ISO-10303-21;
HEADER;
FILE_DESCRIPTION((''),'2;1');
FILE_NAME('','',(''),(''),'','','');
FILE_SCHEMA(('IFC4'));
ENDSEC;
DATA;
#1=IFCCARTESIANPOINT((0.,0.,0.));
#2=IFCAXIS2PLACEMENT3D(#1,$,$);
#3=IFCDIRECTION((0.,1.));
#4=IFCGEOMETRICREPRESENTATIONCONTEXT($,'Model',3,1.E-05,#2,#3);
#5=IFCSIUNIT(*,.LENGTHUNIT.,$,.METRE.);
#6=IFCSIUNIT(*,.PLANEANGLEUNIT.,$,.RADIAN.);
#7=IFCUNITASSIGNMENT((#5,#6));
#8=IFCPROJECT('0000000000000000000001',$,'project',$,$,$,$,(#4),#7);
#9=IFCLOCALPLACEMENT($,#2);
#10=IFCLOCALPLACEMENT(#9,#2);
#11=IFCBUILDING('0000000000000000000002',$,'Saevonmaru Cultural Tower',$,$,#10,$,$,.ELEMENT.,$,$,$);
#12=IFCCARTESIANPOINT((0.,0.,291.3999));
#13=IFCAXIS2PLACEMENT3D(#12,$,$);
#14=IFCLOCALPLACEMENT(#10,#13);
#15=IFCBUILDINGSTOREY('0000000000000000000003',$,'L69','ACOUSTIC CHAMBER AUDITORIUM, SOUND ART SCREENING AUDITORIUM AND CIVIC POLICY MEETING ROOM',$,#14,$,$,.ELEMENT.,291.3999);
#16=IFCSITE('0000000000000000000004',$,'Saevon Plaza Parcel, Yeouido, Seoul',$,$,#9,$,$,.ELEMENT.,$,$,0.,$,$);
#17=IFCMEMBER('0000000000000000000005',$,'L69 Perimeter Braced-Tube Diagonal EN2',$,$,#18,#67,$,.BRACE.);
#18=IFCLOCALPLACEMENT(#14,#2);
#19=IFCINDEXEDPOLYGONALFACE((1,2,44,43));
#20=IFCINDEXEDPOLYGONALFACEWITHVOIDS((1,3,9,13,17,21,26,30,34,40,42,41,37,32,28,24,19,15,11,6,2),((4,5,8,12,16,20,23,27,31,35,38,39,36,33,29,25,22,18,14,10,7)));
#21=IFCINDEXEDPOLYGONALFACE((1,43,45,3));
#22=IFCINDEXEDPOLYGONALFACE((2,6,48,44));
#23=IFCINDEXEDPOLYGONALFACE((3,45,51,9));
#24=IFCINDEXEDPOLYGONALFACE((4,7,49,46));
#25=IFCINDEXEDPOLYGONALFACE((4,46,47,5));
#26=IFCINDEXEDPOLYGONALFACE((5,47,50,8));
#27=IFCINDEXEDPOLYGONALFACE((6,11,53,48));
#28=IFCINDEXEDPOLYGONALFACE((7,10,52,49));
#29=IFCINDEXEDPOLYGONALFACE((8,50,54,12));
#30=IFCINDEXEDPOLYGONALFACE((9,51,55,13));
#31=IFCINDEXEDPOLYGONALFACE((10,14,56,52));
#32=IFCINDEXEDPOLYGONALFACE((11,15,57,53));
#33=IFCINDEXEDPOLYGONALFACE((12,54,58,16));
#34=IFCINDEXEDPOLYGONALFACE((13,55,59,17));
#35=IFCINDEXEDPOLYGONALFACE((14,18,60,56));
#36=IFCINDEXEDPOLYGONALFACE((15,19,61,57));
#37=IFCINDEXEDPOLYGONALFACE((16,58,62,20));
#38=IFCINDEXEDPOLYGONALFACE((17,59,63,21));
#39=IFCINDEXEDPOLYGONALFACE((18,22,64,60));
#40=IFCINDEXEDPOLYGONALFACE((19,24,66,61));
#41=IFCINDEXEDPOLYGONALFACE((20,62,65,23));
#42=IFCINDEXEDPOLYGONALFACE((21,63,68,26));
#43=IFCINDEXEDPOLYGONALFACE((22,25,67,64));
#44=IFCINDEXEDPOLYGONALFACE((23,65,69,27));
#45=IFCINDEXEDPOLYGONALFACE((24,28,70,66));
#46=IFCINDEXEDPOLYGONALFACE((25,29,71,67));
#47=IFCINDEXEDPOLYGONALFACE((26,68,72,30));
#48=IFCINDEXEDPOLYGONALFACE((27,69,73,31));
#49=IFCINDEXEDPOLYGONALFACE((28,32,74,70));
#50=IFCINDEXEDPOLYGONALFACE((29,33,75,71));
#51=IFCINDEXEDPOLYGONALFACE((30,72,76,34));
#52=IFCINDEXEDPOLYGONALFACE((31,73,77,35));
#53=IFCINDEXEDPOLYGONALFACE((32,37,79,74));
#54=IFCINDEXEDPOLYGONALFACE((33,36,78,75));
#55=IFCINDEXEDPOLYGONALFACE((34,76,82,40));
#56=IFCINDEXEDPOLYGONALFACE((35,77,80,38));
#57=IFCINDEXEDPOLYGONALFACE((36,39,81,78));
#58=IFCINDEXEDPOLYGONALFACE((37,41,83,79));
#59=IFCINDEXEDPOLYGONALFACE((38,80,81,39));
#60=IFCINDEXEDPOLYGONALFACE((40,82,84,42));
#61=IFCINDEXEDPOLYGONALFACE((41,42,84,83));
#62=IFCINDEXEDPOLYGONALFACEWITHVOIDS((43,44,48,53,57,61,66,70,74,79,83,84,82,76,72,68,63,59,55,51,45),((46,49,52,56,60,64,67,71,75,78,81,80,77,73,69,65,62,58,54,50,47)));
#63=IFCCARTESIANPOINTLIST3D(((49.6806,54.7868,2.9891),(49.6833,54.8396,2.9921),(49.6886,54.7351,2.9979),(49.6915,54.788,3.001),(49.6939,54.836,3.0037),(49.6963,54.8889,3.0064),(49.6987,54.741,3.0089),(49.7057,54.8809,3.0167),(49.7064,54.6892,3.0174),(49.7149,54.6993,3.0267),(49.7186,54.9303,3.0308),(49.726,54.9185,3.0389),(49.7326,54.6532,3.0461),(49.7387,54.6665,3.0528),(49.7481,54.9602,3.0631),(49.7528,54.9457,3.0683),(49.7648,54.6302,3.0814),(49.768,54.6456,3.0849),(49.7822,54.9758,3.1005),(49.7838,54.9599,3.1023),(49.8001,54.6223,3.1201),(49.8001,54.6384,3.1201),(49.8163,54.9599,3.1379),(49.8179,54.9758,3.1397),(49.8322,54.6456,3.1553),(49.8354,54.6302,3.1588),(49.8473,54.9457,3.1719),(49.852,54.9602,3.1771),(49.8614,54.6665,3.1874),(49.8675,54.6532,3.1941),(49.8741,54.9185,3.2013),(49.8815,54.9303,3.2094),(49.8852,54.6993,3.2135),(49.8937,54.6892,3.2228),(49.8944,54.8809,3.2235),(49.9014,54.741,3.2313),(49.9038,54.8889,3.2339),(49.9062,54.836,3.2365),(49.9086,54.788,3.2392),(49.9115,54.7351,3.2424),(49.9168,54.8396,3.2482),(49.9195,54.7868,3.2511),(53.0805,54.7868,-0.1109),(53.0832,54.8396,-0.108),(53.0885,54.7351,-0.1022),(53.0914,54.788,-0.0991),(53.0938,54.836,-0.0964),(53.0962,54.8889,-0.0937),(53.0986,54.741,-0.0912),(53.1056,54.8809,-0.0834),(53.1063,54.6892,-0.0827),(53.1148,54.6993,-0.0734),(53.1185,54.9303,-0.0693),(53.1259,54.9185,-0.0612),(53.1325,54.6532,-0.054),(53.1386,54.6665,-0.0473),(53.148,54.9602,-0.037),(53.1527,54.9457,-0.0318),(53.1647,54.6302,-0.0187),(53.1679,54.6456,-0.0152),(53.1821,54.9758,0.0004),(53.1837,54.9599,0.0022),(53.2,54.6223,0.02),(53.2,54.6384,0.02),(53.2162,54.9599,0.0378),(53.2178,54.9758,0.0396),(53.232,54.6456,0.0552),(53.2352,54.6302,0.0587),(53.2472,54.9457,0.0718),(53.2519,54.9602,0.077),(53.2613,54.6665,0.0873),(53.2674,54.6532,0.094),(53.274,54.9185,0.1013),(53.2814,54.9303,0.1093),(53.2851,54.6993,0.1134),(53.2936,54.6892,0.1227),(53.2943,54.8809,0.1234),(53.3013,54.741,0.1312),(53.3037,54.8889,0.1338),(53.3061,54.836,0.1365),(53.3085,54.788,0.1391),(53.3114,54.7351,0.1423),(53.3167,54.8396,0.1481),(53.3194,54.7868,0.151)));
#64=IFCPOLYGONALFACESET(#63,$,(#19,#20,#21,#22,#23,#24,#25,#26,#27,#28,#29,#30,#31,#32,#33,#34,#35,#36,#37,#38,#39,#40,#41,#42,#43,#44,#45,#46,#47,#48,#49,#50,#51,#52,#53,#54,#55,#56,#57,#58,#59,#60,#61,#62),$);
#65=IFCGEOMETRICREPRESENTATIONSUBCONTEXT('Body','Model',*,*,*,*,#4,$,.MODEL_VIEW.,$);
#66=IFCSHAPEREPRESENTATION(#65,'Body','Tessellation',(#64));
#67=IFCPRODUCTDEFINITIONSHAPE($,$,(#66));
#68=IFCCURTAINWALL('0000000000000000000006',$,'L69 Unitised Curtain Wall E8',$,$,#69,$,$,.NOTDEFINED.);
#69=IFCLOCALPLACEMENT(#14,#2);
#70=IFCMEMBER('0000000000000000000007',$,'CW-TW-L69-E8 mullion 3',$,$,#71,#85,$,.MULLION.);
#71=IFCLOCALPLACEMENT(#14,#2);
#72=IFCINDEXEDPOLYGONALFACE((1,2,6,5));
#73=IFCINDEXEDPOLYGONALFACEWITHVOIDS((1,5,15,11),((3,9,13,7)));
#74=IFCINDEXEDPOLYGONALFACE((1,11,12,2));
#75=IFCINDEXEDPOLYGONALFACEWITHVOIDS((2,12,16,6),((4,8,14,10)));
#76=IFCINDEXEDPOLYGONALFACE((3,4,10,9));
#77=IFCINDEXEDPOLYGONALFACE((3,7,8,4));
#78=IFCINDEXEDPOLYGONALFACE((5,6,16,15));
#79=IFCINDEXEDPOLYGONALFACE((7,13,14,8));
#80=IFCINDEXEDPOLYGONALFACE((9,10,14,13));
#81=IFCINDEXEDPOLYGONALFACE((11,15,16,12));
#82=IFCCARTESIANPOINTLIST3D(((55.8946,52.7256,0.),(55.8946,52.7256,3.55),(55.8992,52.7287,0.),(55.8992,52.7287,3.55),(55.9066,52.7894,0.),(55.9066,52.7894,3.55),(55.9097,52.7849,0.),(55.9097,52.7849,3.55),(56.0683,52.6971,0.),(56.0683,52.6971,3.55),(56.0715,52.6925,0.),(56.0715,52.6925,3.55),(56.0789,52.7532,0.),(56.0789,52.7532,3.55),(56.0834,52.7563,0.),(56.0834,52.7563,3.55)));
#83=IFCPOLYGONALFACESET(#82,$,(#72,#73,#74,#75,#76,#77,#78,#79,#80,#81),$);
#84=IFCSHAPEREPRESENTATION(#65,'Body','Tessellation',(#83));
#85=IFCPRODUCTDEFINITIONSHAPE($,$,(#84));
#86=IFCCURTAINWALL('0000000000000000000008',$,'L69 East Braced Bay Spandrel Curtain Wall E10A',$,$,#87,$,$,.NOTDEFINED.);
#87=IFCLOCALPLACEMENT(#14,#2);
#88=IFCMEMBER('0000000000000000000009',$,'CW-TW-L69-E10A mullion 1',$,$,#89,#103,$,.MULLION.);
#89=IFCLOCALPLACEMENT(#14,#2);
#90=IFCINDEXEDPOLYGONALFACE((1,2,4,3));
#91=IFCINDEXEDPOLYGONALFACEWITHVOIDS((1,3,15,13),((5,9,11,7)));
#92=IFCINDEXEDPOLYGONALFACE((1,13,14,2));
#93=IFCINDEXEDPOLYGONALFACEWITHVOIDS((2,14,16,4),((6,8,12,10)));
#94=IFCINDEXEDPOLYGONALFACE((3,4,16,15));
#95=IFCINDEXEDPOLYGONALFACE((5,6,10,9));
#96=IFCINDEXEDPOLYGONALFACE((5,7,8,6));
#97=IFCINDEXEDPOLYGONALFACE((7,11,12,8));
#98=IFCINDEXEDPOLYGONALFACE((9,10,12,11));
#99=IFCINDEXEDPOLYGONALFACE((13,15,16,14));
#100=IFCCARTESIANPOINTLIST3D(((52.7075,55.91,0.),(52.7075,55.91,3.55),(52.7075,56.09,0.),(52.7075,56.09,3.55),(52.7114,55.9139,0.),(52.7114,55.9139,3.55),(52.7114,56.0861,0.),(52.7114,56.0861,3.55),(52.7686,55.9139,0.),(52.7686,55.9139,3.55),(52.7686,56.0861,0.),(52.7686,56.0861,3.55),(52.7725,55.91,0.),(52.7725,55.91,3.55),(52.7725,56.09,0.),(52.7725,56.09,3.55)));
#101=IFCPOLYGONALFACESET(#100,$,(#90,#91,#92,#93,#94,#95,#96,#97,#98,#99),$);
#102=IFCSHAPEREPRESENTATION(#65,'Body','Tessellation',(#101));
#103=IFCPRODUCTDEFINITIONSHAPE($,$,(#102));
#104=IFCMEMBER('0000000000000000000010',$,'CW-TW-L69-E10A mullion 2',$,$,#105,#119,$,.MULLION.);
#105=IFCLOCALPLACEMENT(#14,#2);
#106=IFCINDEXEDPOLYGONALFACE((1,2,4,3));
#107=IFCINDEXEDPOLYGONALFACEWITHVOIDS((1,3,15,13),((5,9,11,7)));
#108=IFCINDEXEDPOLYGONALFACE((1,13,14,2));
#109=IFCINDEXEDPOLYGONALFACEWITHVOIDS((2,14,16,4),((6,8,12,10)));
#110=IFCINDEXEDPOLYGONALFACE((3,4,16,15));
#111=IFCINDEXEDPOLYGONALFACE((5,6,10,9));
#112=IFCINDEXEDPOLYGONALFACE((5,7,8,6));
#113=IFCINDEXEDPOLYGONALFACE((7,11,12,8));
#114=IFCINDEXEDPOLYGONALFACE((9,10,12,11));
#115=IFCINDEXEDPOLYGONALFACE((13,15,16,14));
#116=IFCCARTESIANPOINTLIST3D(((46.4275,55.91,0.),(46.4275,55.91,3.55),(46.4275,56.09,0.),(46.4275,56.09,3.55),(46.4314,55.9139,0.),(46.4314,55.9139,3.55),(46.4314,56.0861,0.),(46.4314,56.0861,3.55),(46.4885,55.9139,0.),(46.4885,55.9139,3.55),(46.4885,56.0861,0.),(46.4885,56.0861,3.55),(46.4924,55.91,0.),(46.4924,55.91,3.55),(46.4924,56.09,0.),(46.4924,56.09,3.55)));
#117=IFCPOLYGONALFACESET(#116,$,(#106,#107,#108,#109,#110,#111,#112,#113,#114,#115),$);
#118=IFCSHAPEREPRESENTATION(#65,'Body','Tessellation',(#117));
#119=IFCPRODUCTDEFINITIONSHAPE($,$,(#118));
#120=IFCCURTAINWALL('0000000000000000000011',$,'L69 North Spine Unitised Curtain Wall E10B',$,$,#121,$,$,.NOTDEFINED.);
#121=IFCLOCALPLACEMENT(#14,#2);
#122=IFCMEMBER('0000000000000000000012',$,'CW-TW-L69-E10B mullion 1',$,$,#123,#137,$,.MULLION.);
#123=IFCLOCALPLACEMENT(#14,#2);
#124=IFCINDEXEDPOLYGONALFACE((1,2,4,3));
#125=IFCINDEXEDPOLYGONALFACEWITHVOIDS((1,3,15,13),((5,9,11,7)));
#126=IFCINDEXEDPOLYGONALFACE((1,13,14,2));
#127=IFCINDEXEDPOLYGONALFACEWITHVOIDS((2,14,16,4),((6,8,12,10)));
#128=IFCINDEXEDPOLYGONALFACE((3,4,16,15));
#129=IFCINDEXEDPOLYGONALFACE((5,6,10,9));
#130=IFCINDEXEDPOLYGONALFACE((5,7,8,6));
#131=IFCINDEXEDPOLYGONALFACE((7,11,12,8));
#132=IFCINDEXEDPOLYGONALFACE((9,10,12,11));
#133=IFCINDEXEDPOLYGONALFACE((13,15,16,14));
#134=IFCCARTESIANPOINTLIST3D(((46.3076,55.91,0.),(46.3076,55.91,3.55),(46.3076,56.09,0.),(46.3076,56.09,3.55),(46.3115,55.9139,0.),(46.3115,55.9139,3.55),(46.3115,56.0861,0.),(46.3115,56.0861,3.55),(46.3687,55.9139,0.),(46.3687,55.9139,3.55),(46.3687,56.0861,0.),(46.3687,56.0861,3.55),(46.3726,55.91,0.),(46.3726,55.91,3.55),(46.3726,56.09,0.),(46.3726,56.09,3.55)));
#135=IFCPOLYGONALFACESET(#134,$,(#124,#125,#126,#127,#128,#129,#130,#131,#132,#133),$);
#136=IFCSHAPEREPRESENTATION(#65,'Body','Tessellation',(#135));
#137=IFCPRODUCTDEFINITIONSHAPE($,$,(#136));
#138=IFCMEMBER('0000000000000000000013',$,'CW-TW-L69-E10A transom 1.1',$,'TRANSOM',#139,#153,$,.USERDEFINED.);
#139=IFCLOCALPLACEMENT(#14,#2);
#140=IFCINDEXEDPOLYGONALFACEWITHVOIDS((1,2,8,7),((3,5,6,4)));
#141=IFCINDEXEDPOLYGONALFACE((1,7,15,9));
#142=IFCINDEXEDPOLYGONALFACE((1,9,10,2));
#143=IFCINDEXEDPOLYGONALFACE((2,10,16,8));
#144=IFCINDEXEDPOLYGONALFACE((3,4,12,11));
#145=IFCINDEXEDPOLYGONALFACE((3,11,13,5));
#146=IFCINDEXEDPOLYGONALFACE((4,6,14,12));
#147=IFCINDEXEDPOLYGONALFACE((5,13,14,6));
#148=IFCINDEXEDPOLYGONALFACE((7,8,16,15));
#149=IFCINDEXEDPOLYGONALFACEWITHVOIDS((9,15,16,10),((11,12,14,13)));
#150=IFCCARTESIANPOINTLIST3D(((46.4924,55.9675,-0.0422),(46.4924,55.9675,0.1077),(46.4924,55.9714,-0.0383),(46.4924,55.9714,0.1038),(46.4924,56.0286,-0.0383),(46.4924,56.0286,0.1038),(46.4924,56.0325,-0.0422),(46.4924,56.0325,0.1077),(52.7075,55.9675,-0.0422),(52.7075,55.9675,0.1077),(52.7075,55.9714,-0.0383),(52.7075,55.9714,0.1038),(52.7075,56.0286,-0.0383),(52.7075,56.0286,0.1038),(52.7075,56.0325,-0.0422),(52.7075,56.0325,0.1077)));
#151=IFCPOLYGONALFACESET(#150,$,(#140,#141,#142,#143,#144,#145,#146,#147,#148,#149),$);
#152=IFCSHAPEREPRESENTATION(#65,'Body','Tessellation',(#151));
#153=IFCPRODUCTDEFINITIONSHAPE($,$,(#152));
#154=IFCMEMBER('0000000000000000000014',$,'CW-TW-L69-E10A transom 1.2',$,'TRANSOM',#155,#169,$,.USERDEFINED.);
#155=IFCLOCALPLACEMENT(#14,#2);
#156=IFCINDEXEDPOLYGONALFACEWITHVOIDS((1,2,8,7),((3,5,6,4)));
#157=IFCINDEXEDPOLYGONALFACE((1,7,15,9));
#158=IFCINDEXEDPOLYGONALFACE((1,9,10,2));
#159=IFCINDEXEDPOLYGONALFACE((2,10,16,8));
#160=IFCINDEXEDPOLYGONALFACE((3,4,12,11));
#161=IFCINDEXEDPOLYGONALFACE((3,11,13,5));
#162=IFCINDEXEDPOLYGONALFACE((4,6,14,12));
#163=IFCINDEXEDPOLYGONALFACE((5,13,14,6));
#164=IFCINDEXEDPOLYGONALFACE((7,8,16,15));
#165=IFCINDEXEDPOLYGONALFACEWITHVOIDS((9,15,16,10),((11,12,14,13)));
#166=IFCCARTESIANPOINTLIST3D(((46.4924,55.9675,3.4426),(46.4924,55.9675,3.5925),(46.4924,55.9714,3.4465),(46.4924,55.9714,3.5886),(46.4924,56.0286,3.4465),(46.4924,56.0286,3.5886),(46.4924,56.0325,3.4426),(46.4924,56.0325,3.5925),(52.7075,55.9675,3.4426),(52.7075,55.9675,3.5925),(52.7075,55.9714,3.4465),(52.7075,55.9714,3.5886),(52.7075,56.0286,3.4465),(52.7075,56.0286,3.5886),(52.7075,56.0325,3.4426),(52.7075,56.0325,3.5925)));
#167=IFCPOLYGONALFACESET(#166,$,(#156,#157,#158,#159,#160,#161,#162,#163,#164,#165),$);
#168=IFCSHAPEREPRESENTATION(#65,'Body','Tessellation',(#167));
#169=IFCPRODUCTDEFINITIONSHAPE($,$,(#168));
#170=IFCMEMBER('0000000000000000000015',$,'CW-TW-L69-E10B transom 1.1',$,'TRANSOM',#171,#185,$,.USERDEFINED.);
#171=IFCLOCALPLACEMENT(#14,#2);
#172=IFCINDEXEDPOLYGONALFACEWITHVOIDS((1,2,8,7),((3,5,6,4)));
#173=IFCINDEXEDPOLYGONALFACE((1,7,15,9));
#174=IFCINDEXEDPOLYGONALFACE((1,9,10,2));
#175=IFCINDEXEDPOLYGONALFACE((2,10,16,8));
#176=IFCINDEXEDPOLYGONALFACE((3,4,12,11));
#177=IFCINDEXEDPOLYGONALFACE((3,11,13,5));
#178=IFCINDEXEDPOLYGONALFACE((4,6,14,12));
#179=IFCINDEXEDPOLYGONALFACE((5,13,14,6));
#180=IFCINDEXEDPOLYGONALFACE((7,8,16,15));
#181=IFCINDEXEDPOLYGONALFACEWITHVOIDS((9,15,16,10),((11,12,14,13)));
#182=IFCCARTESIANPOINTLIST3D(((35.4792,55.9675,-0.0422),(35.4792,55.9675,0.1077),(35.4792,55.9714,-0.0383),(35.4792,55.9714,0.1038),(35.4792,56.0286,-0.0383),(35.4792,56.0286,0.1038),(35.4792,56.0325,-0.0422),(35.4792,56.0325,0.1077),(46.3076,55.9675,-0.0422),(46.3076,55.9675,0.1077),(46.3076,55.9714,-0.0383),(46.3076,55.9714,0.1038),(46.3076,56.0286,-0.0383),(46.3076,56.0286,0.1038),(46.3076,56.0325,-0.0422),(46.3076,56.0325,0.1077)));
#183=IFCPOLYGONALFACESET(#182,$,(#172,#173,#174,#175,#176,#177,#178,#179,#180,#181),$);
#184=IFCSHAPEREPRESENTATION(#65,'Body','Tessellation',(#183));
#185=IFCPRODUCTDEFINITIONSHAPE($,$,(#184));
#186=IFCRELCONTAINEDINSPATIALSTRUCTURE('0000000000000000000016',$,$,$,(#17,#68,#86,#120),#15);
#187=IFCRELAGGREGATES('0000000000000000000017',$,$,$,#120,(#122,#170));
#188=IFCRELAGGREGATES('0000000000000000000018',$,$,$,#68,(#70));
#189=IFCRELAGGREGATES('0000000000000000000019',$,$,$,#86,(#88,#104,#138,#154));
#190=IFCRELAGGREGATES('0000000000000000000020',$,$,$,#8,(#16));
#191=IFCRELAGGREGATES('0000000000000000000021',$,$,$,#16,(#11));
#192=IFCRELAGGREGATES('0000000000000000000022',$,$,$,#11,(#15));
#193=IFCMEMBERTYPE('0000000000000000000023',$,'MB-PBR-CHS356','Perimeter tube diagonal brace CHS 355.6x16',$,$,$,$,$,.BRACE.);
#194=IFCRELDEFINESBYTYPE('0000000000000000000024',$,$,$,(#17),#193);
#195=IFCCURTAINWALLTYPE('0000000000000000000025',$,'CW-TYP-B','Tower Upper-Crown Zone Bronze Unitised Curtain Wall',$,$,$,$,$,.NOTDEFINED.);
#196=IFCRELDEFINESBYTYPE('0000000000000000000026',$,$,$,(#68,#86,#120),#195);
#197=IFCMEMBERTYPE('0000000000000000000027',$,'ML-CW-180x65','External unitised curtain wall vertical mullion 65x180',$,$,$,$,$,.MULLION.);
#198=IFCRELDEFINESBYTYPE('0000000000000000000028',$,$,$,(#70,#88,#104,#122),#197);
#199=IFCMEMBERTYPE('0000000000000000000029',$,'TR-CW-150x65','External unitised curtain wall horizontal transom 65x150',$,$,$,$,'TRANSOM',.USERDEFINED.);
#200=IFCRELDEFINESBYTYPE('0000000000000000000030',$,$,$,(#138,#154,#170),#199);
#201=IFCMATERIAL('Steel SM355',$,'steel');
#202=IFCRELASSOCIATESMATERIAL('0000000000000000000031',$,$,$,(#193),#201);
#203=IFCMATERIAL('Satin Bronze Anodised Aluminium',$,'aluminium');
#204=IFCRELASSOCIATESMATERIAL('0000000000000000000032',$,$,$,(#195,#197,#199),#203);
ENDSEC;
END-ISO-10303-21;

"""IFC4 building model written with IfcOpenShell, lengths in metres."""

from ifc_helpers import new_model, si_unit, direction, frame, origin, origin_2d, place, context, subcontext, project, spatial, hollow_rectangle, hollow_circle, extrude, material, material_profile, profile_set, type_object, element, aggregate, save


model = new_model("IFC4")

# Units and contexts
model_context = context("Model", 3, precision=1e-05, world=origin(), true_north=direction((0.0, 1.0)))
body_context = subcontext(model_context, "Body", "Model", "MODEL_VIEW")
ifc_project = project(units=[si_unit("LENGTHUNIT", "METRE"), si_unit("PLANEANGLEUNIT", "RADIAN")], contexts=[model_context])

# Site, building, storey
site_placement = place(None, origin())
site = spatial("IfcSite", under=ifc_project, at=site_placement, Name="Saevon Plaza Parcel, Yeouido, Seoul", CompositionType="ELEMENT", RefElevation=0.0)
building_placement = place(site_placement, origin())
building = spatial("IfcBuilding", under=site, at=building_placement, Name="Saevonmaru Cultural Tower", CompositionType="ELEMENT")
storey_placement = place(building_placement, frame((0.0, 0.0, 291.3999)))
storey = spatial("IfcBuildingStorey", under=building, at=storey_placement, Name="L69", Description="ACOUSTIC CHAMBER AUDITORIUM, SOUND ART SCREENING AUDITORIUM AND CIVIC POLICY MEETING ROOM", CompositionType="ELEMENT", Elevation=291.3999)

# Shared definitions
ifc_material_1 = material(Name="Steel SM355", Category="steel")

# Member
ifc_material_profile_1 = material_profile(ifc_material_1, hollow_circle(Radius=0.1777, WallThickness=0.0161, at=origin_2d()), Name="CHS-355.6x16")
ifc_profile_set_1 = profile_set([ifc_material_profile_1], Name="Steel SM355")
member_type_1 = type_object("IfcMemberType", Name="MB-PBR-CHS356", Description="Perimeter tube diagonal brace CHS 355.6x16", PredefinedType="BRACE", material=ifc_profile_set_1)
member_1_placement = place(storey_placement, frame((53.2, 54.8, 0.02), z_axis=(-0.738936, 0.0, 0.673776), x_axis=(0.0, -1.0, 0.0)))
element("IfcMember", 1, at=member_1_placement, inside=storey, type_object=member_type_1, Name="L69 Perimeter Braced-Tube Diagonal EN2", PredefinedType="BRACE", context=body_context, shape_type="SweptSolid", body=[
    extrude(hollow_circle(Radius=0.1777, WallThickness=0.0161, at=origin_2d()), origin(), (0.0, 0.0, 1.0), 4.6011),
])

# Curtain wall, member
ifc_material_2 = material(Name="Satin Bronze Anodised Aluminium", Category="aluminium")
curtain_wall_type = type_object("IfcCurtainWallType", Name="CW-TYP-B", Description="Tower Upper-Crown Zone Bronze Unitised Curtain Wall", PredefinedType="NOTDEFINED", material=ifc_material_2)
curtain_wall_1_placement = place(storey_placement, origin())
curtain_wall_1 = element("IfcCurtainWall", 2, at=curtain_wall_1_placement, inside=storey, type_object=curtain_wall_type, Name="L69 Unitised Curtain Wall E8", PredefinedType="NOTDEFINED")
ifc_material_profile_2 = material_profile(ifc_material_2, hollow_rectangle(XDim=0.0649, YDim=0.1799, WallThickness=0.0039, at=origin_2d()), Name="ALU-MULL-180x65x4")
ifc_profile_set_2 = profile_set([ifc_material_profile_2], Name="Satin Bronze Anodised Aluminium")
member_type_2 = type_object("IfcMemberType", Name="ML-CW-180x65", Description="External unitised curtain wall vertical mullion 65x180", PredefinedType="MULLION", material=ifc_profile_set_2)
member_2_placement = place(storey_placement, frame((55.989, 52.741, 0.0), z_axis=(0.0, 0.0, 1.0), x_axis=(0.184047, 0.982918, 0.0)))
member_2 = element("IfcMember", 3, at=member_2_placement, type_object=member_type_2, Name="CW-TW-L69-E8 mullion 3", PredefinedType="MULLION", context=body_context, shape_type="SweptSolid", body=[
    extrude(hollow_rectangle(XDim=0.0649, YDim=0.1799, WallThickness=0.0039, at=origin_2d()), origin(), (0.0, 0.0, 1.0), 3.55),
])

# Curtain wall, members
curtain_wall_2_placement = place(storey_placement, origin())
curtain_wall_2 = element("IfcCurtainWall", 4, at=curtain_wall_2_placement, inside=storey, type_object=curtain_wall_type, Name="L69 East Braced Bay Spandrel Curtain Wall E10A", PredefinedType="NOTDEFINED")
member_3_placement = place(storey_placement, frame((52.74, 56.0, 0.0), z_axis=(0.0, 0.0, 1.0), x_axis=(-1.0, 0.0, 0.0)))
member_3 = element("IfcMember", 5, at=member_3_placement, type_object=member_type_2, Name="CW-TW-L69-E10A mullion 1", PredefinedType="MULLION", context=body_context, shape_type="SweptSolid", body=[
    extrude(hollow_rectangle(XDim=0.0649, YDim=0.1799, WallThickness=0.0039, at=origin_2d()), origin(), (0.0, 0.0, 1.0), 3.55),
])
member_4_placement = place(storey_placement, frame((46.46, 56.0, 0.0), z_axis=(0.0, 0.0, 1.0), x_axis=(-1.0, 0.0, 0.0)))
member_4 = element("IfcMember", 6, at=member_4_placement, type_object=member_type_2, Name="CW-TW-L69-E10A mullion 2", PredefinedType="MULLION", context=body_context, shape_type="SweptSolid", body=[
    extrude(hollow_rectangle(XDim=0.0649, YDim=0.1799, WallThickness=0.0039, at=origin_2d()), origin(), (0.0, 0.0, 1.0), 3.55),
])

# Curtain wall, member
curtain_wall_3_placement = place(storey_placement, origin())
curtain_wall_3 = element("IfcCurtainWall", 7, at=curtain_wall_3_placement, inside=storey, type_object=curtain_wall_type, Name="L69 North Spine Unitised Curtain Wall E10B", PredefinedType="NOTDEFINED")
member_5_placement = place(storey_placement, frame((46.3401, 56.0, 0.0), z_axis=(0.0, 0.0, 1.0), x_axis=(-1.0, 0.0, 0.0)))
member_5 = element("IfcMember", 8, at=member_5_placement, type_object=member_type_2, Name="CW-TW-L69-E10B mullion 1", PredefinedType="MULLION", context=body_context, shape_type="SweptSolid", body=[
    extrude(hollow_rectangle(XDim=0.0649, YDim=0.1799, WallThickness=0.0039, at=origin_2d()), origin(), (0.0, 0.0, 1.0), 3.55),
])

# Members
ifc_material_profile_3 = material_profile(ifc_material_2, hollow_rectangle(XDim=0.0649, YDim=0.1499, WallThickness=0.0039, at=origin_2d()), Name="ALU-TRAN-150x65x4")
ifc_profile_set_3 = profile_set([ifc_material_profile_3], Name="Satin Bronze Anodised Aluminium")
member_type_3 = type_object("IfcMemberType", Name="TR-CW-150x65", Description="External unitised curtain wall horizontal transom 65x150", ElementType="TRANSOM", PredefinedType="USERDEFINED", material=ifc_profile_set_3)
member_6_placement = place(storey_placement, frame((52.7075, 56.0, 0.0327), z_axis=(-1.0, 0.0, 0.0), x_axis=(0.0, -1.0, 0.0)))
member_6 = element("IfcMember", 9, at=member_6_placement, type_object=member_type_3, Name="CW-TW-L69-E10A transom 1.1", ObjectType="TRANSOM", PredefinedType="USERDEFINED", context=body_context, shape_type="SweptSolid", body=[
    extrude(hollow_rectangle(XDim=0.0649, YDim=0.1499, WallThickness=0.0039, at=origin_2d()), origin(), (0.0, 0.0, 1.0), 6.2151),
])
member_7_placement = place(storey_placement, frame((52.7075, 56.0, 3.5176), z_axis=(-1.0, 0.0, 0.0), x_axis=(0.0, -1.0, 0.0)))
member_7 = element("IfcMember", 10, at=member_7_placement, type_object=member_type_3, Name="CW-TW-L69-E10A transom 1.2", ObjectType="TRANSOM", PredefinedType="USERDEFINED", context=body_context, shape_type="SweptSolid", body=[
    extrude(hollow_rectangle(XDim=0.0649, YDim=0.1499, WallThickness=0.0039, at=origin_2d()), origin(), (0.0, 0.0, 1.0), 6.2151),
])
member_8_placement = place(storey_placement, frame((46.3076, 56.0, 0.0327), z_axis=(-1.0, 0.0, 0.0), x_axis=(0.0, -1.0, 0.0)))
member_8 = element("IfcMember", 11, at=member_8_placement, type_object=member_type_3, Name="CW-TW-L69-E10B transom 1.1", ObjectType="TRANSOM", PredefinedType="USERDEFINED", context=body_context, shape_type="SweptSolid", body=[
    extrude(hollow_rectangle(XDim=0.0649, YDim=0.1499, WallThickness=0.0039, at=origin_2d()), origin(), (0.0, 0.0, 1.0), 10.8284),
])
aggregate(curtain_wall_3, [member_5, member_8])

aggregate(curtain_wall_1, [member_2])
aggregate(curtain_wall_2, [member_3, member_4, member_6, member_7])

save(model, "model.ifc")
